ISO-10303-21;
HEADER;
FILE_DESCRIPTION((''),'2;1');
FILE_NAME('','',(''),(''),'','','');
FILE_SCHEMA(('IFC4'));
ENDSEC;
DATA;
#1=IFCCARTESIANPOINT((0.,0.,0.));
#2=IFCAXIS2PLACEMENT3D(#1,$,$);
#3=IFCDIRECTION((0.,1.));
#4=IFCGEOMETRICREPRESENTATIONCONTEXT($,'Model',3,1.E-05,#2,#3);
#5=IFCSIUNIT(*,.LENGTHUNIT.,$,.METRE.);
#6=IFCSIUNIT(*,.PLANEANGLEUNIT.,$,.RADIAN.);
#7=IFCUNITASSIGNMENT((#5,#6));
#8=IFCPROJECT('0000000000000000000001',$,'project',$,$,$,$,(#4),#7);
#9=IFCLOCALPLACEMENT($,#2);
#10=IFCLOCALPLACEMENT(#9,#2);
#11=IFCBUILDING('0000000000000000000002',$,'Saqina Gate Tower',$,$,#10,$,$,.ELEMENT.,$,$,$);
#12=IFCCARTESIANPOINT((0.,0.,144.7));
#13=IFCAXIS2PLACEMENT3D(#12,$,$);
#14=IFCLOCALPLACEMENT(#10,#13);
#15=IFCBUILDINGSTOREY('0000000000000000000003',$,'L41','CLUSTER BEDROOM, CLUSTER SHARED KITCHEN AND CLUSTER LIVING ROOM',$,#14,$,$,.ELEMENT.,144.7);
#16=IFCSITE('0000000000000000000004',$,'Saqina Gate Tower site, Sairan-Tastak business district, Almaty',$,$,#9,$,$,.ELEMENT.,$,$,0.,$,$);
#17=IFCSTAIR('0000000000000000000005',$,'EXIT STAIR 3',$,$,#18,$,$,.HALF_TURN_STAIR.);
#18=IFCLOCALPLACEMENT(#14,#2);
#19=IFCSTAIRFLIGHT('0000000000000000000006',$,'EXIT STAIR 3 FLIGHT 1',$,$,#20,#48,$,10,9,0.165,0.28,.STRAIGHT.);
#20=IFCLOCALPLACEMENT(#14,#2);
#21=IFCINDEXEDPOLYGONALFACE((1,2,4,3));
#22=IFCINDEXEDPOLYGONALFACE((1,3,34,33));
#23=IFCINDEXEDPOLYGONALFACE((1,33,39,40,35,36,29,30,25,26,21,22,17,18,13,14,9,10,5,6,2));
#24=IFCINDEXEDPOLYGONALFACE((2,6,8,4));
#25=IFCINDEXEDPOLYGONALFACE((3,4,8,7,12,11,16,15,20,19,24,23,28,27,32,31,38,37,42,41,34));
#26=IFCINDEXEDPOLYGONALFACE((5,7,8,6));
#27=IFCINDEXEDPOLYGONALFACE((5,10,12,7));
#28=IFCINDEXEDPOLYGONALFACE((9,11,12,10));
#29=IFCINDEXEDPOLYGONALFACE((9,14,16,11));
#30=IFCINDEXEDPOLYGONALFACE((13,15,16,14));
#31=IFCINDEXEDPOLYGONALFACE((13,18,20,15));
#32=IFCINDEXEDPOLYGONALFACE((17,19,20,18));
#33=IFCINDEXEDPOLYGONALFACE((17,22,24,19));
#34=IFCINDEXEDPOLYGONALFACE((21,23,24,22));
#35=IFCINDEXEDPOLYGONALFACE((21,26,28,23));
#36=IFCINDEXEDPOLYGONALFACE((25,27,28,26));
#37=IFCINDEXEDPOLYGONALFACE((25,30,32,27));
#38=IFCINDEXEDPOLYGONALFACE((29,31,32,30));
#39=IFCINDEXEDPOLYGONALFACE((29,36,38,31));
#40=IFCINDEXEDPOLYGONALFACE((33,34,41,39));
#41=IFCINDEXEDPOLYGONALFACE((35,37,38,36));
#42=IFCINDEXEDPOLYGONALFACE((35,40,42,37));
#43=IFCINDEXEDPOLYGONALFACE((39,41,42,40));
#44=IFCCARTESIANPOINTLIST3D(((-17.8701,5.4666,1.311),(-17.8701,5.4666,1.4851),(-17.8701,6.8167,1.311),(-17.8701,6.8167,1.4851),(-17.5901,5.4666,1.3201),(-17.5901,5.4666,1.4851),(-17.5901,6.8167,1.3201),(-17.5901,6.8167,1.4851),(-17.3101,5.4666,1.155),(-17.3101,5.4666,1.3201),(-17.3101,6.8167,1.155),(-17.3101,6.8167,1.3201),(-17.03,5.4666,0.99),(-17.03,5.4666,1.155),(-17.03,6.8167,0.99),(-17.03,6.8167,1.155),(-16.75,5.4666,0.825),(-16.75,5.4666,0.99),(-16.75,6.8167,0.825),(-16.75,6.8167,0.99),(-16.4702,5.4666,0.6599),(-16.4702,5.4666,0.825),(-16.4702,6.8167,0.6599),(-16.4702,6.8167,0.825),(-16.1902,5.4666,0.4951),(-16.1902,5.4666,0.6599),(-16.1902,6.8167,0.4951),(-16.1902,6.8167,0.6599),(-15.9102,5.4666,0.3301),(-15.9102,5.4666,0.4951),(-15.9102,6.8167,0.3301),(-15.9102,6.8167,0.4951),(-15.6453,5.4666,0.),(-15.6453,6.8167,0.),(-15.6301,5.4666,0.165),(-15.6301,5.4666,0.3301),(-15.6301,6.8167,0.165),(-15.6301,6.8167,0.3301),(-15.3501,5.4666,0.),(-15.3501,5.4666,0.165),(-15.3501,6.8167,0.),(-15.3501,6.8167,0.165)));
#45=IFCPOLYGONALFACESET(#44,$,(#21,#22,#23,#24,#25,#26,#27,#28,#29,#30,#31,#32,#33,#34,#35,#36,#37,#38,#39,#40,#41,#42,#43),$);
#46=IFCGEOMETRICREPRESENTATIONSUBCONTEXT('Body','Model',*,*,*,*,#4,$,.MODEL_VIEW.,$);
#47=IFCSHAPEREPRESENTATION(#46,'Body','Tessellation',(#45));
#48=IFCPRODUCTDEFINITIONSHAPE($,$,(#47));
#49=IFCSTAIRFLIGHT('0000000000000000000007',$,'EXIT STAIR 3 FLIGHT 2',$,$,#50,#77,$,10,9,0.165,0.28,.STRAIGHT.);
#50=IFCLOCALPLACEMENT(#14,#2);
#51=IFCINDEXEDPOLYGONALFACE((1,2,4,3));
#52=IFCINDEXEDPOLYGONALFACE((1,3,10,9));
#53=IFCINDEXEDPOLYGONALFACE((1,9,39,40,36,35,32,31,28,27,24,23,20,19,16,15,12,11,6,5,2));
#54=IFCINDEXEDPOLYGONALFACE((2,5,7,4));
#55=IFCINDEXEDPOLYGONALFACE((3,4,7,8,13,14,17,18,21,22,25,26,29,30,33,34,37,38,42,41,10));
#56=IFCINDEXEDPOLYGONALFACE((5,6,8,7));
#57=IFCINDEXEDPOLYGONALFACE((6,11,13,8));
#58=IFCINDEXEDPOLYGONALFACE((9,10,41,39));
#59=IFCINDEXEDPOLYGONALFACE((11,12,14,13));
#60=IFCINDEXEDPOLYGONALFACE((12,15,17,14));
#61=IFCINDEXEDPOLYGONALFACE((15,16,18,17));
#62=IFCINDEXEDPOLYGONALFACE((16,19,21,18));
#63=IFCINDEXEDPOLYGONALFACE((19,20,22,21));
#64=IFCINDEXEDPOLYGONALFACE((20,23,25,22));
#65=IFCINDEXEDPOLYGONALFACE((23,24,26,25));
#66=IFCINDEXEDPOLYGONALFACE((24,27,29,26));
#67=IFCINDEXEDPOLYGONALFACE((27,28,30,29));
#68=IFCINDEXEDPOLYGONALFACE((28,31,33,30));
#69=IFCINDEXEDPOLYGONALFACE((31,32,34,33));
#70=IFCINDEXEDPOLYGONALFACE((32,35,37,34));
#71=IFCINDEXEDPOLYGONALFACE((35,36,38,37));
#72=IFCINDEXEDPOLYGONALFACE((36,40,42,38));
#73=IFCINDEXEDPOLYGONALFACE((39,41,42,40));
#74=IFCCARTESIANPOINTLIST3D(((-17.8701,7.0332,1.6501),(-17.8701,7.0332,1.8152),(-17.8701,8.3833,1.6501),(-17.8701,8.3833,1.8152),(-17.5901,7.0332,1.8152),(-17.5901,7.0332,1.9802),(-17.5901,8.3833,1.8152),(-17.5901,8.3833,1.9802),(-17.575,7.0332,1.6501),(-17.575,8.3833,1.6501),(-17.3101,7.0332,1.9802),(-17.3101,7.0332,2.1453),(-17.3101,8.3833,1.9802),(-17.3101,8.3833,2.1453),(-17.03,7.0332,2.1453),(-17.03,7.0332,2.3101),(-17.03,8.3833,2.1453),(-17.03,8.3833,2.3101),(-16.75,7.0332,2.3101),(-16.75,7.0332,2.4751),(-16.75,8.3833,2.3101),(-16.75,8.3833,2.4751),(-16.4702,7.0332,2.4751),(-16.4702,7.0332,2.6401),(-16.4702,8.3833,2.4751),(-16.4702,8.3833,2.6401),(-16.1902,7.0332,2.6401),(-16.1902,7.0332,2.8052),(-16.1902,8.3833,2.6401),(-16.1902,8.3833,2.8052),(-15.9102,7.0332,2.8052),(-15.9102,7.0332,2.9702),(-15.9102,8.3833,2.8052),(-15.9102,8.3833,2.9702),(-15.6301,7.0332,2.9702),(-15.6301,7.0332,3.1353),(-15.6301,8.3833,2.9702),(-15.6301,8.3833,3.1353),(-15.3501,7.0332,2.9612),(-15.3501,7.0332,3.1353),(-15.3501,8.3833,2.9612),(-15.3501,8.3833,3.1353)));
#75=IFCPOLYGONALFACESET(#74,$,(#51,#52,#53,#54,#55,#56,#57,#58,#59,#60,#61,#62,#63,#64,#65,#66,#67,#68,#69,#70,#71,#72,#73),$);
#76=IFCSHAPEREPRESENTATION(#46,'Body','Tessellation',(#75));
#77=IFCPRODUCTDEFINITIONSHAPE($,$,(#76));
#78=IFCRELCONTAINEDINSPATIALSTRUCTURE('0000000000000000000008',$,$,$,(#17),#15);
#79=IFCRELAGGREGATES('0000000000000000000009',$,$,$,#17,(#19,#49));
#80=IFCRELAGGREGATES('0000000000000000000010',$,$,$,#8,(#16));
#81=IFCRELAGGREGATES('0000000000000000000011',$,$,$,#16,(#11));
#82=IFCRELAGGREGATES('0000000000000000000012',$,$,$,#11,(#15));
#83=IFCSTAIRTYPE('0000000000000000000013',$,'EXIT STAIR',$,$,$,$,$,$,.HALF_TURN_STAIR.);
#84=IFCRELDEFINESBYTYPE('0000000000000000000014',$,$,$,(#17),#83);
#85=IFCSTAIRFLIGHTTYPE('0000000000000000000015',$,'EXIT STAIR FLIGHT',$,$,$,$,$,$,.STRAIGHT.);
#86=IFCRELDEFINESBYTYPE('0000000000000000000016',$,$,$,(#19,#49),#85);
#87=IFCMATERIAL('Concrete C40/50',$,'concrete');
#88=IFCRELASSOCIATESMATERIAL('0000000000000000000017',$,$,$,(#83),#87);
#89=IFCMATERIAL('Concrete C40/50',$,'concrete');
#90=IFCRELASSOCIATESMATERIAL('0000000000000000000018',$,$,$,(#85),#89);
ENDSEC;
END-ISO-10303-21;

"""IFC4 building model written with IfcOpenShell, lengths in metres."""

from ifc_helpers import new_model, si_unit, direction, frame, origin, place, context, subcontext, project, spatial, polyline, outline, extrude, material, type_object, element, aggregate, save


model = new_model("IFC4")

# Units and contexts
model_context = context("Model", 3, precision=1e-05, world=origin(), true_north=direction((0.0, 1.0)))
body_context = subcontext(model_context, "Body", "Model", "MODEL_VIEW")
ifc_project = project(units=[si_unit("LENGTHUNIT", "METRE"), si_unit("PLANEANGLEUNIT", "RADIAN")], contexts=[model_context])

# Site, building, storey
site_placement = place(None, origin())
site = spatial("IfcSite", under=ifc_project, at=site_placement, Name="Saqina Gate Tower site, Sairan-Tastak business district, Almaty", CompositionType="ELEMENT", RefElevation=0.0)
building_placement = place(site_placement, origin())
building = spatial("IfcBuilding", under=site, at=building_placement, Name="Saqina Gate Tower", CompositionType="ELEMENT")
storey_placement = place(building_placement, frame((0.0, 0.0, 144.7)))
storey = spatial("IfcBuildingStorey", under=building, at=storey_placement, Name="L41", Description="CLUSTER BEDROOM, CLUSTER SHARED KITCHEN AND CLUSTER LIVING ROOM", CompositionType="ELEMENT", Elevation=144.7)

# Stair, stair flights
ifc_material_1 = material(Name="Concrete C40/50", Category="concrete")
stair_type = type_object("IfcStairType", Name="EXIT STAIR", PredefinedType="HALF_TURN_STAIR", material=ifc_material_1)
stair_placement = place(storey_placement, origin())
stair = element("IfcStair", 1, at=stair_placement, inside=storey, type_object=stair_type, Name="EXIT STAIR 3", PredefinedType="HALF_TURN_STAIR")
ifc_material_2 = material(Name="Concrete C40/50", Category="concrete")
stair_flight_type = type_object("IfcStairFlightType", Name="EXIT STAIR FLIGHT", PredefinedType="STRAIGHT", material=ifc_material_2)
stair_flight_1_placement = place(storey_placement, frame((-15.3501, 6.1416, 0.0), z_axis=(0.0, 0.0, 1.0), x_axis=(-1.0, 0.0, 0.0)))
stair_flight_1 = element("IfcStairFlight", 2, at=stair_flight_1_placement, type_object=stair_flight_type, Name="EXIT STAIR 3 FLIGHT 1", NumberOfRisers=10, NumberOfTreads=9, PredefinedType="STRAIGHT", RiserHeight=0.165, TreadLength=0.28, context=body_context, shape_type="SweptSolid", body=[
    extrude(outline(polyline([(0.0, 0.0), (0.0, 0.165), (0.28, 0.165), (0.28, 0.3301), (0.5601, 0.3301), (0.5601, 0.4951), (0.8401, 0.4951), (0.8401, 0.6599), (1.1201, 0.6599), (1.1201, 0.825), (1.3999, 0.825), (1.3999, 0.99), (1.6799, 0.99), (1.6799, 1.155), (1.96, 1.155), (1.96, 1.3201), (2.24, 1.3201), (2.24, 1.4851), (2.52, 1.4851), (2.52, 1.6499), (2.52, 1.311), (0.2952, 0.0), (0.0, 0.0)])), frame((0.0, 0.675, 0.0), z_axis=(0.0, -1.0, 0.0), x_axis=(1.0, 0.0, 0.0)), (0.0, 0.0, 1.0), 1.3501),
])
stair_flight_2_placement = place(storey_placement, frame((-17.8701, 7.7083, 1.6501), z_axis=(0.0, 0.0, 1.0), x_axis=(1.0, 0.0, 0.0)))
stair_flight_2 = element("IfcStairFlight", 3, at=stair_flight_2_placement, type_object=stair_flight_type, Name="EXIT STAIR 3 FLIGHT 2", NumberOfRisers=10, NumberOfTreads=9, PredefinedType="STRAIGHT", RiserHeight=0.165, TreadLength=0.28, context=body_context, shape_type="SweptSolid", body=[
    extrude(outline(polyline([(0.0, 0.0), (0.0, 0.165), (0.28, 0.165), (0.28, 0.3301), (0.5601, 0.3301), (0.5601, 0.4951), (0.8401, 0.4951), (0.8401, 0.6599), (1.1201, 0.6599), (1.1201, 0.825), (1.3999, 0.825), (1.3999, 0.99), (1.6799, 0.99), (1.6799, 1.155), (1.96, 1.155), (1.96, 1.3201), (2.24, 1.3201), (2.24, 1.4851), (2.52, 1.4851), (2.52, 1.6499), (2.52, 1.311), (0.2952, 0.0), (0.0, 0.0)])), frame((0.0, 0.675, 0.0), z_axis=(0.0, -1.0, 0.0), x_axis=(1.0, 0.0, 0.0)), (0.0, 0.0, 1.0), 1.3501),
])
aggregate(stair, [stair_flight_1, stair_flight_2])

save(model, "model.ifc")
